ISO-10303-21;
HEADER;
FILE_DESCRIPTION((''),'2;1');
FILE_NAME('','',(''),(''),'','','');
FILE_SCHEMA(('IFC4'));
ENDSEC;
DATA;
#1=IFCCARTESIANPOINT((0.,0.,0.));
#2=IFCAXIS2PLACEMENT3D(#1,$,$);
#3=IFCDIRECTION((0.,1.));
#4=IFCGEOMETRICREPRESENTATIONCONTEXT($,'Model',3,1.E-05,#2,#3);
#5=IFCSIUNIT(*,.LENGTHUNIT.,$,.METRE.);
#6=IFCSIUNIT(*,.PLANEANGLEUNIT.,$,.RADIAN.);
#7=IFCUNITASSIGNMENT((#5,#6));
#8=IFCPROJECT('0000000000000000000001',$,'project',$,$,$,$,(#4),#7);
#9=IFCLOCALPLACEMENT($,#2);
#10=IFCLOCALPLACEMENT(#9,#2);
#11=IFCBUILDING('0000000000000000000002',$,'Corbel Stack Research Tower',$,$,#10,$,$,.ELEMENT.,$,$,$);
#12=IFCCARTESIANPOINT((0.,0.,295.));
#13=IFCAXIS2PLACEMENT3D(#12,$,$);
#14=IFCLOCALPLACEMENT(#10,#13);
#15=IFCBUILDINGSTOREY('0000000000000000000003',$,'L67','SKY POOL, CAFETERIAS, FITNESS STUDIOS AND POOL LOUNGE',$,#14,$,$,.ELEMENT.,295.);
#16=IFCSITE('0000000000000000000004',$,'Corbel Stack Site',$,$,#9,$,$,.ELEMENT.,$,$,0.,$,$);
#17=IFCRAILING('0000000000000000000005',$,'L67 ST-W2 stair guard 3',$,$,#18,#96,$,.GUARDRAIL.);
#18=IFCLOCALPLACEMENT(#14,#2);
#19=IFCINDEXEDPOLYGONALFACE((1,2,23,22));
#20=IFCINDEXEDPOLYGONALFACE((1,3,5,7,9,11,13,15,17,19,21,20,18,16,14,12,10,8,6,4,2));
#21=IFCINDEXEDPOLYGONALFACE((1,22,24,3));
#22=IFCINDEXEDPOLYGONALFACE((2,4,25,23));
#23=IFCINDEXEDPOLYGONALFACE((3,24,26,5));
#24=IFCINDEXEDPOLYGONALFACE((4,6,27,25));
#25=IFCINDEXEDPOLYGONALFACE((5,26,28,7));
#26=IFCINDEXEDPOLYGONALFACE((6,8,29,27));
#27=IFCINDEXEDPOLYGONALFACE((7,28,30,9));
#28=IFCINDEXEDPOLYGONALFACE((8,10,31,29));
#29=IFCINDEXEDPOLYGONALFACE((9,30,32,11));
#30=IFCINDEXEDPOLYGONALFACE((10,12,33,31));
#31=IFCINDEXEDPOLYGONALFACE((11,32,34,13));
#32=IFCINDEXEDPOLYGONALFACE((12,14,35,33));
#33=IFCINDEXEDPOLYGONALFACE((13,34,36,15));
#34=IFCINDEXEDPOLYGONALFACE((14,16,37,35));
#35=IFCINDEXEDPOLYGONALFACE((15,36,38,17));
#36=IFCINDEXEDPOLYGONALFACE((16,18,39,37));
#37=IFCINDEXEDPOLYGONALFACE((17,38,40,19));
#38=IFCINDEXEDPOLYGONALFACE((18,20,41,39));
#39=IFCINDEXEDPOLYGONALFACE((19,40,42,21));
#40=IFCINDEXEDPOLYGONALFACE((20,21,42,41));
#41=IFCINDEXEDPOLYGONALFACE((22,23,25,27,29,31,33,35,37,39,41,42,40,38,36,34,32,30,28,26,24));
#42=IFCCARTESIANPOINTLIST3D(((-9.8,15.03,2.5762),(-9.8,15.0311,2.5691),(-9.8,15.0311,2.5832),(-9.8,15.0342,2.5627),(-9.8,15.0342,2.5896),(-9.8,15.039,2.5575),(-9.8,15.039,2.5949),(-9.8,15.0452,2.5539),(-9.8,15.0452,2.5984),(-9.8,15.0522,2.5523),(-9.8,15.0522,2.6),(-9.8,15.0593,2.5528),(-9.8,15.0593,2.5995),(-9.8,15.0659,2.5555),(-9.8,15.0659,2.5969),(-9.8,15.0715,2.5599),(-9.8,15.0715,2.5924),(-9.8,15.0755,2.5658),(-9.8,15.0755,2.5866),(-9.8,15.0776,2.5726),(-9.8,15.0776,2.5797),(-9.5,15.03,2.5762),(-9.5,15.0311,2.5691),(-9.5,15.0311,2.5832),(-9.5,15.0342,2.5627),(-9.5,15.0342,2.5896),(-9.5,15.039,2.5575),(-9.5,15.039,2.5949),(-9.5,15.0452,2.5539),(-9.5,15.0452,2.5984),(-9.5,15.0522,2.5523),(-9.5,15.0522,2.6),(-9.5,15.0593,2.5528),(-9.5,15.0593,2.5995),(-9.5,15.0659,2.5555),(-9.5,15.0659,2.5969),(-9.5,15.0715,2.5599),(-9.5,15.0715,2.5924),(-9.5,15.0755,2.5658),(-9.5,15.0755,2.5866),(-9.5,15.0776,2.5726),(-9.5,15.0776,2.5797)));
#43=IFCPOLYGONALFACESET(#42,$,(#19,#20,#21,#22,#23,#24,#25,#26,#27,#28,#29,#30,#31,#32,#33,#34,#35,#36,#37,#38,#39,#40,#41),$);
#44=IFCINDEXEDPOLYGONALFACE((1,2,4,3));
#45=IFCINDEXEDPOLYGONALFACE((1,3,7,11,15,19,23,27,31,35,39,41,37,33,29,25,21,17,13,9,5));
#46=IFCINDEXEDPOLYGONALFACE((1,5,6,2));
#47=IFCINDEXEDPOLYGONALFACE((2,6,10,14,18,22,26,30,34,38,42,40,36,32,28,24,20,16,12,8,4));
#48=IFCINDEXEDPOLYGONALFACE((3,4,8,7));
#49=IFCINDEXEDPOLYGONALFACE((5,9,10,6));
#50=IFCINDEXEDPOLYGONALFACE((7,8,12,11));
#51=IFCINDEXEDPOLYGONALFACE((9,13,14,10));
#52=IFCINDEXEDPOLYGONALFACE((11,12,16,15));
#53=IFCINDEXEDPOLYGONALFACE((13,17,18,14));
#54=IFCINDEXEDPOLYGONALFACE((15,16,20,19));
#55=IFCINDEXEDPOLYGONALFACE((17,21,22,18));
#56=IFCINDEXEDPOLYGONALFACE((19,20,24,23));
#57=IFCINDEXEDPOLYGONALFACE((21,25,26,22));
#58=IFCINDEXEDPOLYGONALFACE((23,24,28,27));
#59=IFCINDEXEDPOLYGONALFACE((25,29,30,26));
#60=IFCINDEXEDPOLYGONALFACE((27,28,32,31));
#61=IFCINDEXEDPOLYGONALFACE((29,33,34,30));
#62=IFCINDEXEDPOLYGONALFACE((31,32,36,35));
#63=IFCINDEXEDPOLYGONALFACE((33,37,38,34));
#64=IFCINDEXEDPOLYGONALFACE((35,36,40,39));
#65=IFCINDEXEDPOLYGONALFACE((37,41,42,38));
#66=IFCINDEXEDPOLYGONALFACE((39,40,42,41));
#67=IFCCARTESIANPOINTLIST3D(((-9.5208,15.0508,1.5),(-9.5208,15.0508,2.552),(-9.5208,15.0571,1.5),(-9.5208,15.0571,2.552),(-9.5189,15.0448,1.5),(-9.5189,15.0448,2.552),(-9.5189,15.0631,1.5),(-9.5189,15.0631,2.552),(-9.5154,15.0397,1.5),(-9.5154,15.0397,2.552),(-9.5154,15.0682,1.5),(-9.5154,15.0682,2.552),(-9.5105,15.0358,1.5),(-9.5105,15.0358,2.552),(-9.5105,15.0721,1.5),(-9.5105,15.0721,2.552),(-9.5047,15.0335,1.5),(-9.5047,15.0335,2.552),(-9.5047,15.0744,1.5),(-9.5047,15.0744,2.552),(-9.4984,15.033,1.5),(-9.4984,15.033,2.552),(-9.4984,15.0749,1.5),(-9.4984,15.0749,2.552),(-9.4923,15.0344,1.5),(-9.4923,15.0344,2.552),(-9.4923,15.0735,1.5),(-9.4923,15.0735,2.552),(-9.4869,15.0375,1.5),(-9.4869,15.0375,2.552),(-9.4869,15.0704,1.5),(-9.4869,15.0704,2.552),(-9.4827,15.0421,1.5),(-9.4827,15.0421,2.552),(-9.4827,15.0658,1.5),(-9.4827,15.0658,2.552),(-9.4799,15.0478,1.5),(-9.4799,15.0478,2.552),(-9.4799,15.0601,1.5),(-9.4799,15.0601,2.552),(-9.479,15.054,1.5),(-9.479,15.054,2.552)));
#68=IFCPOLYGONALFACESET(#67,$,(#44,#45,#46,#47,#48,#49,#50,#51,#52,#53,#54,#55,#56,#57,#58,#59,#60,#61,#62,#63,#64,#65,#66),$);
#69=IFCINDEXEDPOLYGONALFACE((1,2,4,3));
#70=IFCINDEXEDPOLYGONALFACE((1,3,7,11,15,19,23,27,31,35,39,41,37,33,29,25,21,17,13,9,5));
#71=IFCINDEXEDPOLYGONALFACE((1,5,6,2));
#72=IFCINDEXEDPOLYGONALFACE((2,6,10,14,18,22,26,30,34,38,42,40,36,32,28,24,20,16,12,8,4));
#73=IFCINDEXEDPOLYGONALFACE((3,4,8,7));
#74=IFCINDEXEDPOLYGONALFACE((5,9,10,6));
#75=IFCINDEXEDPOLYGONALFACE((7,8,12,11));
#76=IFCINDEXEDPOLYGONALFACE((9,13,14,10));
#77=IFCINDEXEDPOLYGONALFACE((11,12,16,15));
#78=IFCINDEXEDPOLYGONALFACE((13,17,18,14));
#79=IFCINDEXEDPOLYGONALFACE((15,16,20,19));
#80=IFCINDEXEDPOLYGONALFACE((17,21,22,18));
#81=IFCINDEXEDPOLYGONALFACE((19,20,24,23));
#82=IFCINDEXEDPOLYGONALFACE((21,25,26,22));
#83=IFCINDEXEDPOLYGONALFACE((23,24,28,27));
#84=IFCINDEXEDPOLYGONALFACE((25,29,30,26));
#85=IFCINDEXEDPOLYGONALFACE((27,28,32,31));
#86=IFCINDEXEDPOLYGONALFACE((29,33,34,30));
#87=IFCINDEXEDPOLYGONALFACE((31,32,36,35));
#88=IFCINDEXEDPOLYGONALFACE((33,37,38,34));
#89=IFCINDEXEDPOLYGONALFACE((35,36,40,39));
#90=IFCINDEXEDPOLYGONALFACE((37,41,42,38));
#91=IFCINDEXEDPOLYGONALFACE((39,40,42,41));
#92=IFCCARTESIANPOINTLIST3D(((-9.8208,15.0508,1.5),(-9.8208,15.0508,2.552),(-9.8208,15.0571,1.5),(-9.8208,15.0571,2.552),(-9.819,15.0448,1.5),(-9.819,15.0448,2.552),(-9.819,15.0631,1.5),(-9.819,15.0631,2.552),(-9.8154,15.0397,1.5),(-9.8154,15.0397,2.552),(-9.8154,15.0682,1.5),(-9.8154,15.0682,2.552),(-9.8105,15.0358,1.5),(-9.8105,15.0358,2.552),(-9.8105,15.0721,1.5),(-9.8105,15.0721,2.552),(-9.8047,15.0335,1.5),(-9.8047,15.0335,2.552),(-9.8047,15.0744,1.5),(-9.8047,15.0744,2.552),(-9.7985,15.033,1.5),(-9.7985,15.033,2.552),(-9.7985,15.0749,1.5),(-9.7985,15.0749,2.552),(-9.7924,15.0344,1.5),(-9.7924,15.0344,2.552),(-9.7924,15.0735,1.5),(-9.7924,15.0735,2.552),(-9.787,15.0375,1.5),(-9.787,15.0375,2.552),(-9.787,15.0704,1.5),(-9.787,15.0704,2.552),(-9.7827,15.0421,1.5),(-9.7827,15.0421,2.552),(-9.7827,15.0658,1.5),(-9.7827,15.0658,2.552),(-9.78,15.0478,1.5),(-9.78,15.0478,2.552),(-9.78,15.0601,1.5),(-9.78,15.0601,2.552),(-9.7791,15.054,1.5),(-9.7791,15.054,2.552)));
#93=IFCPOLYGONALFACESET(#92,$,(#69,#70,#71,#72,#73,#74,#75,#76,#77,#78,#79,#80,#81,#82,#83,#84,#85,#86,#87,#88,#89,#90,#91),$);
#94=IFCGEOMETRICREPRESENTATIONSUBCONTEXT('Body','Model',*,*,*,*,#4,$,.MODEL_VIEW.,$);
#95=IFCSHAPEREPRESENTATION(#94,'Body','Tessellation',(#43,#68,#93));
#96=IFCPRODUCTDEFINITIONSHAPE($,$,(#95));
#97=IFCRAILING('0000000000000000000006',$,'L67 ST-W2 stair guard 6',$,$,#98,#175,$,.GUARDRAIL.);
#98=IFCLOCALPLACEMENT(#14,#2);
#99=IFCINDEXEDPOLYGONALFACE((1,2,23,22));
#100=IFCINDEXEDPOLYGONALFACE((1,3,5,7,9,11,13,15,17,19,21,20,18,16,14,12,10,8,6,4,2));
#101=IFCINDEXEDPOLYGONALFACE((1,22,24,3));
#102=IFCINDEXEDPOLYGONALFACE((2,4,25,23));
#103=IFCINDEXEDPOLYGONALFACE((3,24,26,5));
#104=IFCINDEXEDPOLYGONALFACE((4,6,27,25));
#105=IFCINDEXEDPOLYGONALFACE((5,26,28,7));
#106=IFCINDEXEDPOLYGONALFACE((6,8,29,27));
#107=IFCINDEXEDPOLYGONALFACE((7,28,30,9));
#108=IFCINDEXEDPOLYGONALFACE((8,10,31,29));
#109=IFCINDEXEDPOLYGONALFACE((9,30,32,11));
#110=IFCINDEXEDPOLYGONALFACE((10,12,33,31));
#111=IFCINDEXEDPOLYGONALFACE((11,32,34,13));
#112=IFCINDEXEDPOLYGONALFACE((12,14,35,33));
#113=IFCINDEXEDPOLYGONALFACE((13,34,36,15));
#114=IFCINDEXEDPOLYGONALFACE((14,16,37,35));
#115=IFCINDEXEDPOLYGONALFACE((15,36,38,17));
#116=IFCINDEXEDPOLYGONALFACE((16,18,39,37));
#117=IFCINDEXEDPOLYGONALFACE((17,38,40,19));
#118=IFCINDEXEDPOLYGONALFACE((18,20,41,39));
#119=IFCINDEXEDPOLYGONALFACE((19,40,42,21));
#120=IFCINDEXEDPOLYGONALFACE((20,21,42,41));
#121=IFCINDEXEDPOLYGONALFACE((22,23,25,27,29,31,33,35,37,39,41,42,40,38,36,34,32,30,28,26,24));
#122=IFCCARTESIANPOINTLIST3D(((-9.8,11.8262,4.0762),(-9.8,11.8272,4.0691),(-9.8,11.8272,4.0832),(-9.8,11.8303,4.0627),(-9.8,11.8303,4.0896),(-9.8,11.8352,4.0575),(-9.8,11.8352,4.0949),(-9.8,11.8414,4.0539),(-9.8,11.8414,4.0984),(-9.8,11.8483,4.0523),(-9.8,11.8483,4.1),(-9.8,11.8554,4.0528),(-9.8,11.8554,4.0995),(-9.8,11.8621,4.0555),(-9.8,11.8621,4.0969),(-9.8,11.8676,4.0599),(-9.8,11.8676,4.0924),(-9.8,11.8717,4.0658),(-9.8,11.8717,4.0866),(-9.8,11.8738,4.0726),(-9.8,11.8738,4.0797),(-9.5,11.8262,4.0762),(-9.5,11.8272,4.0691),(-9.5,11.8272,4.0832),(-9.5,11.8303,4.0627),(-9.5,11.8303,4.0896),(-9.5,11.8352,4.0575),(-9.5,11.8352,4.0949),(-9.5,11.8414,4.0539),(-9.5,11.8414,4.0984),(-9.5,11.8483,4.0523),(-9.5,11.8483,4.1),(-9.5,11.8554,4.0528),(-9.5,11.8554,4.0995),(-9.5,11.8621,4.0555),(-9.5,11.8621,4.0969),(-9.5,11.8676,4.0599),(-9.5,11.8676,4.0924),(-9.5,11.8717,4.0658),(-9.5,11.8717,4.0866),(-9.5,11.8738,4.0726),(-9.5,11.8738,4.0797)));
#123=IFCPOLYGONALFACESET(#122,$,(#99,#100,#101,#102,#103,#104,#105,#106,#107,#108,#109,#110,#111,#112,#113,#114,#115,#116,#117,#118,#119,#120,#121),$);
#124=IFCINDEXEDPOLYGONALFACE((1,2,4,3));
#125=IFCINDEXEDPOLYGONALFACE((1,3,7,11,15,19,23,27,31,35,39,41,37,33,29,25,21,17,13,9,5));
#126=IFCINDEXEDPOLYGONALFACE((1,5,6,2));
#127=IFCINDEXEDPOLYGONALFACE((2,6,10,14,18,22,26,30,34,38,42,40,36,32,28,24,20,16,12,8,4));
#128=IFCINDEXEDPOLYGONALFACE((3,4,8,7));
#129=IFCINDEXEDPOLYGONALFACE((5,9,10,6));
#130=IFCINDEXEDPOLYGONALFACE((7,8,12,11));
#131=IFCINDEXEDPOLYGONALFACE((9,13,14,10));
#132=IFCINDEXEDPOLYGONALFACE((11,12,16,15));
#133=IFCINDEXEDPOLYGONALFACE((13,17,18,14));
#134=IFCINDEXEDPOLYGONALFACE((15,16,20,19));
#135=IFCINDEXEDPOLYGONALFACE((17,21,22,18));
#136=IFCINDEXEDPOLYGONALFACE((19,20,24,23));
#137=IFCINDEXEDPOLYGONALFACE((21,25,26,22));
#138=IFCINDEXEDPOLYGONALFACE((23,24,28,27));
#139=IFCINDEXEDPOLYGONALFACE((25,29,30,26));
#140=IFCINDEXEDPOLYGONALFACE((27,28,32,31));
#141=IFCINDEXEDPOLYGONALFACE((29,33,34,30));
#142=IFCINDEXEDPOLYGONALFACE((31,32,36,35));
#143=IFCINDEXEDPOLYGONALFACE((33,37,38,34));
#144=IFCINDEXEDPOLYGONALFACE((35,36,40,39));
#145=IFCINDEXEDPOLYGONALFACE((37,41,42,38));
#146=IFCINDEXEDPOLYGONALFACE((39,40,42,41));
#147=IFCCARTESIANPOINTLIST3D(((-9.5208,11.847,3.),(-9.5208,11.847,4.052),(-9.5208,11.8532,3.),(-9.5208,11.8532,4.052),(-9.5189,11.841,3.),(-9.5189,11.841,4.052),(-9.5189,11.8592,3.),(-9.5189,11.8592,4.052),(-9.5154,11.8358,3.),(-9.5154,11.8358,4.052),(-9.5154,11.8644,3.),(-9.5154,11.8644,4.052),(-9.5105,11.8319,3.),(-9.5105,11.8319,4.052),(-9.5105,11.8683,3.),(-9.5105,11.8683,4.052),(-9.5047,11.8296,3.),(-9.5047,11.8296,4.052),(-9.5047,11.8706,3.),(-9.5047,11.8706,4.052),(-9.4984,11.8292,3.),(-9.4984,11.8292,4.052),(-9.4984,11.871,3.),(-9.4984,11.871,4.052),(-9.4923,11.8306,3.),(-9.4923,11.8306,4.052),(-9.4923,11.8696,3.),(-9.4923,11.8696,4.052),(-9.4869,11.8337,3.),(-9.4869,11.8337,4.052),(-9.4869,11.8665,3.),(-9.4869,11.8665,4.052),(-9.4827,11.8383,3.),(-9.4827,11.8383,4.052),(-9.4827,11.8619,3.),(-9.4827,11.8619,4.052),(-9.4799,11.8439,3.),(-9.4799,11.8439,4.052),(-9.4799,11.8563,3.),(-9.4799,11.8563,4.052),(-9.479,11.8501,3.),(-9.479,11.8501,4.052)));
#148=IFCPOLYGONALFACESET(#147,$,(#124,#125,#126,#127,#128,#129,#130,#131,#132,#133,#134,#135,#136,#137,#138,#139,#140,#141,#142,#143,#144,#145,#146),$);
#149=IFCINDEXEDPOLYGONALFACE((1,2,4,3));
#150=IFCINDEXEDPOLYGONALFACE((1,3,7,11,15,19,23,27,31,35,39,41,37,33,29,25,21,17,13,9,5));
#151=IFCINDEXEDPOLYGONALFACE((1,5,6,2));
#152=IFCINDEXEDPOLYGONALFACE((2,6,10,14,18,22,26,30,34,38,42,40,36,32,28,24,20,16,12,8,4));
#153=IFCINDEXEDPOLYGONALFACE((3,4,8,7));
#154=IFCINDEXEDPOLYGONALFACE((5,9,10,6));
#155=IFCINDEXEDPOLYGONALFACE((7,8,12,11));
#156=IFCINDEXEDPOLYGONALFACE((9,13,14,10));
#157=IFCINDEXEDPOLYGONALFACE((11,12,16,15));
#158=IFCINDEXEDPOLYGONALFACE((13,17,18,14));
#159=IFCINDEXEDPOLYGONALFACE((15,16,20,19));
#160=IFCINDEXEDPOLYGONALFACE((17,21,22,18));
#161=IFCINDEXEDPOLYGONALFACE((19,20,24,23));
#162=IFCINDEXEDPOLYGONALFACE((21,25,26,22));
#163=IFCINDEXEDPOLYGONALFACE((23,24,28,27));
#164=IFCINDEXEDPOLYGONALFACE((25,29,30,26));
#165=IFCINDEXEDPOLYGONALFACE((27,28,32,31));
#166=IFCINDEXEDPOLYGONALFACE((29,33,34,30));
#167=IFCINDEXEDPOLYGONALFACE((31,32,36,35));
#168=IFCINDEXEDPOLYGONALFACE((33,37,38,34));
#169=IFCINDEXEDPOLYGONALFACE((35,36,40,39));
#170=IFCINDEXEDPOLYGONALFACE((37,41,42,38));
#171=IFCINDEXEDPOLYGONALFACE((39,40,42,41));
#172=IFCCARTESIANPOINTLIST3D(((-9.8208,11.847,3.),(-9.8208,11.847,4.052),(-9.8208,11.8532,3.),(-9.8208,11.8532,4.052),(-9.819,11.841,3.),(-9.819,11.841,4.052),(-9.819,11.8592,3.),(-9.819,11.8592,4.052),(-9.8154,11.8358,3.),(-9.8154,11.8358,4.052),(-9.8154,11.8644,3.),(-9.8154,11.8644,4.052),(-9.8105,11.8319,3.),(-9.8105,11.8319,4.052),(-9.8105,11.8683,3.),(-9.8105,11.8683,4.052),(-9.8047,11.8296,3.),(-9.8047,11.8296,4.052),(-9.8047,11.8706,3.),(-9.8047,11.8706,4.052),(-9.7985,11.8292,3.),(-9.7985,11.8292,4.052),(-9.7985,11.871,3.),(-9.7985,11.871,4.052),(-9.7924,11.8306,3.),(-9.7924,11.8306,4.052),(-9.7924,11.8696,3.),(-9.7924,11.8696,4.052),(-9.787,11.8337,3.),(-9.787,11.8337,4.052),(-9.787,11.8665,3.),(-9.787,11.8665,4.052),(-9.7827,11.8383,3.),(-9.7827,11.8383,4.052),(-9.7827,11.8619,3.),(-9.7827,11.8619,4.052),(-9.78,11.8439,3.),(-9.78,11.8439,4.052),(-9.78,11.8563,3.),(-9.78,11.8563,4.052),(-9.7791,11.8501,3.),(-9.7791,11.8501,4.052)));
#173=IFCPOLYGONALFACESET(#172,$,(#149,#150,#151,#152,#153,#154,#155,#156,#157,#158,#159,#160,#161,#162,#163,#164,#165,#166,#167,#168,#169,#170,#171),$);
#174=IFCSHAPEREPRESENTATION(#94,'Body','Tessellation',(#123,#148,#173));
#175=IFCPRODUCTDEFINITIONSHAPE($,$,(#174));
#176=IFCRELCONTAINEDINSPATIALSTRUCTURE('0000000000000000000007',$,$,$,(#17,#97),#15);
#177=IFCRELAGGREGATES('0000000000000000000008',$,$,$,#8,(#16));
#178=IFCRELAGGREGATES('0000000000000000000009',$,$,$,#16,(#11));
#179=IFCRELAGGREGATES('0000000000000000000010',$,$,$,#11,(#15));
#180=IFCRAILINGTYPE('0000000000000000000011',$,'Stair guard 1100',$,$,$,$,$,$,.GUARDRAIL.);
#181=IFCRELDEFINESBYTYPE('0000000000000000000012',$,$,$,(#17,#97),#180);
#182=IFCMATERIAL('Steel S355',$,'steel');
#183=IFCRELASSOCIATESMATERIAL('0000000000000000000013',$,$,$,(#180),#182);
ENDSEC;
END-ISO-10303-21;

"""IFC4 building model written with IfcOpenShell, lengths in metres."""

from ifc_helpers import new_model, si_unit, direction, frame, origin, origin_2d, place, context, subcontext, project, spatial, circle, extrude, material, type_object, element, save


model = new_model("IFC4")

# Units and contexts
model_context = context("Model", 3, precision=1e-05, world=origin(), true_north=direction((0.0, 1.0)))
body_context = subcontext(model_context, "Body", "Model", "MODEL_VIEW")
ifc_project = project(units=[si_unit("LENGTHUNIT", "METRE"), si_unit("PLANEANGLEUNIT", "RADIAN")], contexts=[model_context])

# Site, building, storey
site_placement = place(None, origin())
site = spatial("IfcSite", under=ifc_project, at=site_placement, Name="Corbel Stack Site", CompositionType="ELEMENT", RefElevation=0.0)
building_placement = place(site_placement, origin())
building = spatial("IfcBuilding", under=site, at=building_placement, Name="Corbel Stack Research Tower", CompositionType="ELEMENT")
storey_placement = place(building_placement, frame((0.0, 0.0, 295.0)))
storey = spatial("IfcBuildingStorey", under=building, at=storey_placement, Name="L67", Description="SKY POOL, CAFETERIAS, FITNESS STUDIOS AND POOL LOUNGE", CompositionType="ELEMENT", Elevation=295.0)

# Railings
ifc_material_1 = material(Name="Steel S355", Category="steel")
railing_type_1 = type_object("IfcRailingType", Name="Stair guard 1100", PredefinedType="GUARDRAIL", material=ifc_material_1)
for number, where, name in (
    (1, (-9.5, 15.054, 1.5), "L67 ST-W2 stair guard 3"),
    (2, (-9.5, 11.8501, 3.0), "L67 ST-W2 stair guard 6"),
):
    element("IfcRailing", number, at=place(storey_placement, frame(where)), inside=storey, type_object=railing_type_1, Name=name, PredefinedType="GUARDRAIL", context=body_context, shape_type="SweptSolid", body=[
        extrude(circle(Radius=0.0239, at=origin_2d()), frame((0.0, 0.0, 1.0762), z_axis=(-1.0, 0.0, 0.0), x_axis=(0.0, -1.0, 0.0)), (0.0, 0.0, 1.0), 0.3),
        extrude(circle(Radius=0.021, at=origin_2d()), origin(), (0.0, 0.0, 1.0), 1.052),
        extrude(circle(Radius=0.021, at=origin_2d()), frame((-0.3, 0.0, 0.0)), (0.0, 0.0, 1.0), 1.052),
    ])

save(model, "model.ifc")
